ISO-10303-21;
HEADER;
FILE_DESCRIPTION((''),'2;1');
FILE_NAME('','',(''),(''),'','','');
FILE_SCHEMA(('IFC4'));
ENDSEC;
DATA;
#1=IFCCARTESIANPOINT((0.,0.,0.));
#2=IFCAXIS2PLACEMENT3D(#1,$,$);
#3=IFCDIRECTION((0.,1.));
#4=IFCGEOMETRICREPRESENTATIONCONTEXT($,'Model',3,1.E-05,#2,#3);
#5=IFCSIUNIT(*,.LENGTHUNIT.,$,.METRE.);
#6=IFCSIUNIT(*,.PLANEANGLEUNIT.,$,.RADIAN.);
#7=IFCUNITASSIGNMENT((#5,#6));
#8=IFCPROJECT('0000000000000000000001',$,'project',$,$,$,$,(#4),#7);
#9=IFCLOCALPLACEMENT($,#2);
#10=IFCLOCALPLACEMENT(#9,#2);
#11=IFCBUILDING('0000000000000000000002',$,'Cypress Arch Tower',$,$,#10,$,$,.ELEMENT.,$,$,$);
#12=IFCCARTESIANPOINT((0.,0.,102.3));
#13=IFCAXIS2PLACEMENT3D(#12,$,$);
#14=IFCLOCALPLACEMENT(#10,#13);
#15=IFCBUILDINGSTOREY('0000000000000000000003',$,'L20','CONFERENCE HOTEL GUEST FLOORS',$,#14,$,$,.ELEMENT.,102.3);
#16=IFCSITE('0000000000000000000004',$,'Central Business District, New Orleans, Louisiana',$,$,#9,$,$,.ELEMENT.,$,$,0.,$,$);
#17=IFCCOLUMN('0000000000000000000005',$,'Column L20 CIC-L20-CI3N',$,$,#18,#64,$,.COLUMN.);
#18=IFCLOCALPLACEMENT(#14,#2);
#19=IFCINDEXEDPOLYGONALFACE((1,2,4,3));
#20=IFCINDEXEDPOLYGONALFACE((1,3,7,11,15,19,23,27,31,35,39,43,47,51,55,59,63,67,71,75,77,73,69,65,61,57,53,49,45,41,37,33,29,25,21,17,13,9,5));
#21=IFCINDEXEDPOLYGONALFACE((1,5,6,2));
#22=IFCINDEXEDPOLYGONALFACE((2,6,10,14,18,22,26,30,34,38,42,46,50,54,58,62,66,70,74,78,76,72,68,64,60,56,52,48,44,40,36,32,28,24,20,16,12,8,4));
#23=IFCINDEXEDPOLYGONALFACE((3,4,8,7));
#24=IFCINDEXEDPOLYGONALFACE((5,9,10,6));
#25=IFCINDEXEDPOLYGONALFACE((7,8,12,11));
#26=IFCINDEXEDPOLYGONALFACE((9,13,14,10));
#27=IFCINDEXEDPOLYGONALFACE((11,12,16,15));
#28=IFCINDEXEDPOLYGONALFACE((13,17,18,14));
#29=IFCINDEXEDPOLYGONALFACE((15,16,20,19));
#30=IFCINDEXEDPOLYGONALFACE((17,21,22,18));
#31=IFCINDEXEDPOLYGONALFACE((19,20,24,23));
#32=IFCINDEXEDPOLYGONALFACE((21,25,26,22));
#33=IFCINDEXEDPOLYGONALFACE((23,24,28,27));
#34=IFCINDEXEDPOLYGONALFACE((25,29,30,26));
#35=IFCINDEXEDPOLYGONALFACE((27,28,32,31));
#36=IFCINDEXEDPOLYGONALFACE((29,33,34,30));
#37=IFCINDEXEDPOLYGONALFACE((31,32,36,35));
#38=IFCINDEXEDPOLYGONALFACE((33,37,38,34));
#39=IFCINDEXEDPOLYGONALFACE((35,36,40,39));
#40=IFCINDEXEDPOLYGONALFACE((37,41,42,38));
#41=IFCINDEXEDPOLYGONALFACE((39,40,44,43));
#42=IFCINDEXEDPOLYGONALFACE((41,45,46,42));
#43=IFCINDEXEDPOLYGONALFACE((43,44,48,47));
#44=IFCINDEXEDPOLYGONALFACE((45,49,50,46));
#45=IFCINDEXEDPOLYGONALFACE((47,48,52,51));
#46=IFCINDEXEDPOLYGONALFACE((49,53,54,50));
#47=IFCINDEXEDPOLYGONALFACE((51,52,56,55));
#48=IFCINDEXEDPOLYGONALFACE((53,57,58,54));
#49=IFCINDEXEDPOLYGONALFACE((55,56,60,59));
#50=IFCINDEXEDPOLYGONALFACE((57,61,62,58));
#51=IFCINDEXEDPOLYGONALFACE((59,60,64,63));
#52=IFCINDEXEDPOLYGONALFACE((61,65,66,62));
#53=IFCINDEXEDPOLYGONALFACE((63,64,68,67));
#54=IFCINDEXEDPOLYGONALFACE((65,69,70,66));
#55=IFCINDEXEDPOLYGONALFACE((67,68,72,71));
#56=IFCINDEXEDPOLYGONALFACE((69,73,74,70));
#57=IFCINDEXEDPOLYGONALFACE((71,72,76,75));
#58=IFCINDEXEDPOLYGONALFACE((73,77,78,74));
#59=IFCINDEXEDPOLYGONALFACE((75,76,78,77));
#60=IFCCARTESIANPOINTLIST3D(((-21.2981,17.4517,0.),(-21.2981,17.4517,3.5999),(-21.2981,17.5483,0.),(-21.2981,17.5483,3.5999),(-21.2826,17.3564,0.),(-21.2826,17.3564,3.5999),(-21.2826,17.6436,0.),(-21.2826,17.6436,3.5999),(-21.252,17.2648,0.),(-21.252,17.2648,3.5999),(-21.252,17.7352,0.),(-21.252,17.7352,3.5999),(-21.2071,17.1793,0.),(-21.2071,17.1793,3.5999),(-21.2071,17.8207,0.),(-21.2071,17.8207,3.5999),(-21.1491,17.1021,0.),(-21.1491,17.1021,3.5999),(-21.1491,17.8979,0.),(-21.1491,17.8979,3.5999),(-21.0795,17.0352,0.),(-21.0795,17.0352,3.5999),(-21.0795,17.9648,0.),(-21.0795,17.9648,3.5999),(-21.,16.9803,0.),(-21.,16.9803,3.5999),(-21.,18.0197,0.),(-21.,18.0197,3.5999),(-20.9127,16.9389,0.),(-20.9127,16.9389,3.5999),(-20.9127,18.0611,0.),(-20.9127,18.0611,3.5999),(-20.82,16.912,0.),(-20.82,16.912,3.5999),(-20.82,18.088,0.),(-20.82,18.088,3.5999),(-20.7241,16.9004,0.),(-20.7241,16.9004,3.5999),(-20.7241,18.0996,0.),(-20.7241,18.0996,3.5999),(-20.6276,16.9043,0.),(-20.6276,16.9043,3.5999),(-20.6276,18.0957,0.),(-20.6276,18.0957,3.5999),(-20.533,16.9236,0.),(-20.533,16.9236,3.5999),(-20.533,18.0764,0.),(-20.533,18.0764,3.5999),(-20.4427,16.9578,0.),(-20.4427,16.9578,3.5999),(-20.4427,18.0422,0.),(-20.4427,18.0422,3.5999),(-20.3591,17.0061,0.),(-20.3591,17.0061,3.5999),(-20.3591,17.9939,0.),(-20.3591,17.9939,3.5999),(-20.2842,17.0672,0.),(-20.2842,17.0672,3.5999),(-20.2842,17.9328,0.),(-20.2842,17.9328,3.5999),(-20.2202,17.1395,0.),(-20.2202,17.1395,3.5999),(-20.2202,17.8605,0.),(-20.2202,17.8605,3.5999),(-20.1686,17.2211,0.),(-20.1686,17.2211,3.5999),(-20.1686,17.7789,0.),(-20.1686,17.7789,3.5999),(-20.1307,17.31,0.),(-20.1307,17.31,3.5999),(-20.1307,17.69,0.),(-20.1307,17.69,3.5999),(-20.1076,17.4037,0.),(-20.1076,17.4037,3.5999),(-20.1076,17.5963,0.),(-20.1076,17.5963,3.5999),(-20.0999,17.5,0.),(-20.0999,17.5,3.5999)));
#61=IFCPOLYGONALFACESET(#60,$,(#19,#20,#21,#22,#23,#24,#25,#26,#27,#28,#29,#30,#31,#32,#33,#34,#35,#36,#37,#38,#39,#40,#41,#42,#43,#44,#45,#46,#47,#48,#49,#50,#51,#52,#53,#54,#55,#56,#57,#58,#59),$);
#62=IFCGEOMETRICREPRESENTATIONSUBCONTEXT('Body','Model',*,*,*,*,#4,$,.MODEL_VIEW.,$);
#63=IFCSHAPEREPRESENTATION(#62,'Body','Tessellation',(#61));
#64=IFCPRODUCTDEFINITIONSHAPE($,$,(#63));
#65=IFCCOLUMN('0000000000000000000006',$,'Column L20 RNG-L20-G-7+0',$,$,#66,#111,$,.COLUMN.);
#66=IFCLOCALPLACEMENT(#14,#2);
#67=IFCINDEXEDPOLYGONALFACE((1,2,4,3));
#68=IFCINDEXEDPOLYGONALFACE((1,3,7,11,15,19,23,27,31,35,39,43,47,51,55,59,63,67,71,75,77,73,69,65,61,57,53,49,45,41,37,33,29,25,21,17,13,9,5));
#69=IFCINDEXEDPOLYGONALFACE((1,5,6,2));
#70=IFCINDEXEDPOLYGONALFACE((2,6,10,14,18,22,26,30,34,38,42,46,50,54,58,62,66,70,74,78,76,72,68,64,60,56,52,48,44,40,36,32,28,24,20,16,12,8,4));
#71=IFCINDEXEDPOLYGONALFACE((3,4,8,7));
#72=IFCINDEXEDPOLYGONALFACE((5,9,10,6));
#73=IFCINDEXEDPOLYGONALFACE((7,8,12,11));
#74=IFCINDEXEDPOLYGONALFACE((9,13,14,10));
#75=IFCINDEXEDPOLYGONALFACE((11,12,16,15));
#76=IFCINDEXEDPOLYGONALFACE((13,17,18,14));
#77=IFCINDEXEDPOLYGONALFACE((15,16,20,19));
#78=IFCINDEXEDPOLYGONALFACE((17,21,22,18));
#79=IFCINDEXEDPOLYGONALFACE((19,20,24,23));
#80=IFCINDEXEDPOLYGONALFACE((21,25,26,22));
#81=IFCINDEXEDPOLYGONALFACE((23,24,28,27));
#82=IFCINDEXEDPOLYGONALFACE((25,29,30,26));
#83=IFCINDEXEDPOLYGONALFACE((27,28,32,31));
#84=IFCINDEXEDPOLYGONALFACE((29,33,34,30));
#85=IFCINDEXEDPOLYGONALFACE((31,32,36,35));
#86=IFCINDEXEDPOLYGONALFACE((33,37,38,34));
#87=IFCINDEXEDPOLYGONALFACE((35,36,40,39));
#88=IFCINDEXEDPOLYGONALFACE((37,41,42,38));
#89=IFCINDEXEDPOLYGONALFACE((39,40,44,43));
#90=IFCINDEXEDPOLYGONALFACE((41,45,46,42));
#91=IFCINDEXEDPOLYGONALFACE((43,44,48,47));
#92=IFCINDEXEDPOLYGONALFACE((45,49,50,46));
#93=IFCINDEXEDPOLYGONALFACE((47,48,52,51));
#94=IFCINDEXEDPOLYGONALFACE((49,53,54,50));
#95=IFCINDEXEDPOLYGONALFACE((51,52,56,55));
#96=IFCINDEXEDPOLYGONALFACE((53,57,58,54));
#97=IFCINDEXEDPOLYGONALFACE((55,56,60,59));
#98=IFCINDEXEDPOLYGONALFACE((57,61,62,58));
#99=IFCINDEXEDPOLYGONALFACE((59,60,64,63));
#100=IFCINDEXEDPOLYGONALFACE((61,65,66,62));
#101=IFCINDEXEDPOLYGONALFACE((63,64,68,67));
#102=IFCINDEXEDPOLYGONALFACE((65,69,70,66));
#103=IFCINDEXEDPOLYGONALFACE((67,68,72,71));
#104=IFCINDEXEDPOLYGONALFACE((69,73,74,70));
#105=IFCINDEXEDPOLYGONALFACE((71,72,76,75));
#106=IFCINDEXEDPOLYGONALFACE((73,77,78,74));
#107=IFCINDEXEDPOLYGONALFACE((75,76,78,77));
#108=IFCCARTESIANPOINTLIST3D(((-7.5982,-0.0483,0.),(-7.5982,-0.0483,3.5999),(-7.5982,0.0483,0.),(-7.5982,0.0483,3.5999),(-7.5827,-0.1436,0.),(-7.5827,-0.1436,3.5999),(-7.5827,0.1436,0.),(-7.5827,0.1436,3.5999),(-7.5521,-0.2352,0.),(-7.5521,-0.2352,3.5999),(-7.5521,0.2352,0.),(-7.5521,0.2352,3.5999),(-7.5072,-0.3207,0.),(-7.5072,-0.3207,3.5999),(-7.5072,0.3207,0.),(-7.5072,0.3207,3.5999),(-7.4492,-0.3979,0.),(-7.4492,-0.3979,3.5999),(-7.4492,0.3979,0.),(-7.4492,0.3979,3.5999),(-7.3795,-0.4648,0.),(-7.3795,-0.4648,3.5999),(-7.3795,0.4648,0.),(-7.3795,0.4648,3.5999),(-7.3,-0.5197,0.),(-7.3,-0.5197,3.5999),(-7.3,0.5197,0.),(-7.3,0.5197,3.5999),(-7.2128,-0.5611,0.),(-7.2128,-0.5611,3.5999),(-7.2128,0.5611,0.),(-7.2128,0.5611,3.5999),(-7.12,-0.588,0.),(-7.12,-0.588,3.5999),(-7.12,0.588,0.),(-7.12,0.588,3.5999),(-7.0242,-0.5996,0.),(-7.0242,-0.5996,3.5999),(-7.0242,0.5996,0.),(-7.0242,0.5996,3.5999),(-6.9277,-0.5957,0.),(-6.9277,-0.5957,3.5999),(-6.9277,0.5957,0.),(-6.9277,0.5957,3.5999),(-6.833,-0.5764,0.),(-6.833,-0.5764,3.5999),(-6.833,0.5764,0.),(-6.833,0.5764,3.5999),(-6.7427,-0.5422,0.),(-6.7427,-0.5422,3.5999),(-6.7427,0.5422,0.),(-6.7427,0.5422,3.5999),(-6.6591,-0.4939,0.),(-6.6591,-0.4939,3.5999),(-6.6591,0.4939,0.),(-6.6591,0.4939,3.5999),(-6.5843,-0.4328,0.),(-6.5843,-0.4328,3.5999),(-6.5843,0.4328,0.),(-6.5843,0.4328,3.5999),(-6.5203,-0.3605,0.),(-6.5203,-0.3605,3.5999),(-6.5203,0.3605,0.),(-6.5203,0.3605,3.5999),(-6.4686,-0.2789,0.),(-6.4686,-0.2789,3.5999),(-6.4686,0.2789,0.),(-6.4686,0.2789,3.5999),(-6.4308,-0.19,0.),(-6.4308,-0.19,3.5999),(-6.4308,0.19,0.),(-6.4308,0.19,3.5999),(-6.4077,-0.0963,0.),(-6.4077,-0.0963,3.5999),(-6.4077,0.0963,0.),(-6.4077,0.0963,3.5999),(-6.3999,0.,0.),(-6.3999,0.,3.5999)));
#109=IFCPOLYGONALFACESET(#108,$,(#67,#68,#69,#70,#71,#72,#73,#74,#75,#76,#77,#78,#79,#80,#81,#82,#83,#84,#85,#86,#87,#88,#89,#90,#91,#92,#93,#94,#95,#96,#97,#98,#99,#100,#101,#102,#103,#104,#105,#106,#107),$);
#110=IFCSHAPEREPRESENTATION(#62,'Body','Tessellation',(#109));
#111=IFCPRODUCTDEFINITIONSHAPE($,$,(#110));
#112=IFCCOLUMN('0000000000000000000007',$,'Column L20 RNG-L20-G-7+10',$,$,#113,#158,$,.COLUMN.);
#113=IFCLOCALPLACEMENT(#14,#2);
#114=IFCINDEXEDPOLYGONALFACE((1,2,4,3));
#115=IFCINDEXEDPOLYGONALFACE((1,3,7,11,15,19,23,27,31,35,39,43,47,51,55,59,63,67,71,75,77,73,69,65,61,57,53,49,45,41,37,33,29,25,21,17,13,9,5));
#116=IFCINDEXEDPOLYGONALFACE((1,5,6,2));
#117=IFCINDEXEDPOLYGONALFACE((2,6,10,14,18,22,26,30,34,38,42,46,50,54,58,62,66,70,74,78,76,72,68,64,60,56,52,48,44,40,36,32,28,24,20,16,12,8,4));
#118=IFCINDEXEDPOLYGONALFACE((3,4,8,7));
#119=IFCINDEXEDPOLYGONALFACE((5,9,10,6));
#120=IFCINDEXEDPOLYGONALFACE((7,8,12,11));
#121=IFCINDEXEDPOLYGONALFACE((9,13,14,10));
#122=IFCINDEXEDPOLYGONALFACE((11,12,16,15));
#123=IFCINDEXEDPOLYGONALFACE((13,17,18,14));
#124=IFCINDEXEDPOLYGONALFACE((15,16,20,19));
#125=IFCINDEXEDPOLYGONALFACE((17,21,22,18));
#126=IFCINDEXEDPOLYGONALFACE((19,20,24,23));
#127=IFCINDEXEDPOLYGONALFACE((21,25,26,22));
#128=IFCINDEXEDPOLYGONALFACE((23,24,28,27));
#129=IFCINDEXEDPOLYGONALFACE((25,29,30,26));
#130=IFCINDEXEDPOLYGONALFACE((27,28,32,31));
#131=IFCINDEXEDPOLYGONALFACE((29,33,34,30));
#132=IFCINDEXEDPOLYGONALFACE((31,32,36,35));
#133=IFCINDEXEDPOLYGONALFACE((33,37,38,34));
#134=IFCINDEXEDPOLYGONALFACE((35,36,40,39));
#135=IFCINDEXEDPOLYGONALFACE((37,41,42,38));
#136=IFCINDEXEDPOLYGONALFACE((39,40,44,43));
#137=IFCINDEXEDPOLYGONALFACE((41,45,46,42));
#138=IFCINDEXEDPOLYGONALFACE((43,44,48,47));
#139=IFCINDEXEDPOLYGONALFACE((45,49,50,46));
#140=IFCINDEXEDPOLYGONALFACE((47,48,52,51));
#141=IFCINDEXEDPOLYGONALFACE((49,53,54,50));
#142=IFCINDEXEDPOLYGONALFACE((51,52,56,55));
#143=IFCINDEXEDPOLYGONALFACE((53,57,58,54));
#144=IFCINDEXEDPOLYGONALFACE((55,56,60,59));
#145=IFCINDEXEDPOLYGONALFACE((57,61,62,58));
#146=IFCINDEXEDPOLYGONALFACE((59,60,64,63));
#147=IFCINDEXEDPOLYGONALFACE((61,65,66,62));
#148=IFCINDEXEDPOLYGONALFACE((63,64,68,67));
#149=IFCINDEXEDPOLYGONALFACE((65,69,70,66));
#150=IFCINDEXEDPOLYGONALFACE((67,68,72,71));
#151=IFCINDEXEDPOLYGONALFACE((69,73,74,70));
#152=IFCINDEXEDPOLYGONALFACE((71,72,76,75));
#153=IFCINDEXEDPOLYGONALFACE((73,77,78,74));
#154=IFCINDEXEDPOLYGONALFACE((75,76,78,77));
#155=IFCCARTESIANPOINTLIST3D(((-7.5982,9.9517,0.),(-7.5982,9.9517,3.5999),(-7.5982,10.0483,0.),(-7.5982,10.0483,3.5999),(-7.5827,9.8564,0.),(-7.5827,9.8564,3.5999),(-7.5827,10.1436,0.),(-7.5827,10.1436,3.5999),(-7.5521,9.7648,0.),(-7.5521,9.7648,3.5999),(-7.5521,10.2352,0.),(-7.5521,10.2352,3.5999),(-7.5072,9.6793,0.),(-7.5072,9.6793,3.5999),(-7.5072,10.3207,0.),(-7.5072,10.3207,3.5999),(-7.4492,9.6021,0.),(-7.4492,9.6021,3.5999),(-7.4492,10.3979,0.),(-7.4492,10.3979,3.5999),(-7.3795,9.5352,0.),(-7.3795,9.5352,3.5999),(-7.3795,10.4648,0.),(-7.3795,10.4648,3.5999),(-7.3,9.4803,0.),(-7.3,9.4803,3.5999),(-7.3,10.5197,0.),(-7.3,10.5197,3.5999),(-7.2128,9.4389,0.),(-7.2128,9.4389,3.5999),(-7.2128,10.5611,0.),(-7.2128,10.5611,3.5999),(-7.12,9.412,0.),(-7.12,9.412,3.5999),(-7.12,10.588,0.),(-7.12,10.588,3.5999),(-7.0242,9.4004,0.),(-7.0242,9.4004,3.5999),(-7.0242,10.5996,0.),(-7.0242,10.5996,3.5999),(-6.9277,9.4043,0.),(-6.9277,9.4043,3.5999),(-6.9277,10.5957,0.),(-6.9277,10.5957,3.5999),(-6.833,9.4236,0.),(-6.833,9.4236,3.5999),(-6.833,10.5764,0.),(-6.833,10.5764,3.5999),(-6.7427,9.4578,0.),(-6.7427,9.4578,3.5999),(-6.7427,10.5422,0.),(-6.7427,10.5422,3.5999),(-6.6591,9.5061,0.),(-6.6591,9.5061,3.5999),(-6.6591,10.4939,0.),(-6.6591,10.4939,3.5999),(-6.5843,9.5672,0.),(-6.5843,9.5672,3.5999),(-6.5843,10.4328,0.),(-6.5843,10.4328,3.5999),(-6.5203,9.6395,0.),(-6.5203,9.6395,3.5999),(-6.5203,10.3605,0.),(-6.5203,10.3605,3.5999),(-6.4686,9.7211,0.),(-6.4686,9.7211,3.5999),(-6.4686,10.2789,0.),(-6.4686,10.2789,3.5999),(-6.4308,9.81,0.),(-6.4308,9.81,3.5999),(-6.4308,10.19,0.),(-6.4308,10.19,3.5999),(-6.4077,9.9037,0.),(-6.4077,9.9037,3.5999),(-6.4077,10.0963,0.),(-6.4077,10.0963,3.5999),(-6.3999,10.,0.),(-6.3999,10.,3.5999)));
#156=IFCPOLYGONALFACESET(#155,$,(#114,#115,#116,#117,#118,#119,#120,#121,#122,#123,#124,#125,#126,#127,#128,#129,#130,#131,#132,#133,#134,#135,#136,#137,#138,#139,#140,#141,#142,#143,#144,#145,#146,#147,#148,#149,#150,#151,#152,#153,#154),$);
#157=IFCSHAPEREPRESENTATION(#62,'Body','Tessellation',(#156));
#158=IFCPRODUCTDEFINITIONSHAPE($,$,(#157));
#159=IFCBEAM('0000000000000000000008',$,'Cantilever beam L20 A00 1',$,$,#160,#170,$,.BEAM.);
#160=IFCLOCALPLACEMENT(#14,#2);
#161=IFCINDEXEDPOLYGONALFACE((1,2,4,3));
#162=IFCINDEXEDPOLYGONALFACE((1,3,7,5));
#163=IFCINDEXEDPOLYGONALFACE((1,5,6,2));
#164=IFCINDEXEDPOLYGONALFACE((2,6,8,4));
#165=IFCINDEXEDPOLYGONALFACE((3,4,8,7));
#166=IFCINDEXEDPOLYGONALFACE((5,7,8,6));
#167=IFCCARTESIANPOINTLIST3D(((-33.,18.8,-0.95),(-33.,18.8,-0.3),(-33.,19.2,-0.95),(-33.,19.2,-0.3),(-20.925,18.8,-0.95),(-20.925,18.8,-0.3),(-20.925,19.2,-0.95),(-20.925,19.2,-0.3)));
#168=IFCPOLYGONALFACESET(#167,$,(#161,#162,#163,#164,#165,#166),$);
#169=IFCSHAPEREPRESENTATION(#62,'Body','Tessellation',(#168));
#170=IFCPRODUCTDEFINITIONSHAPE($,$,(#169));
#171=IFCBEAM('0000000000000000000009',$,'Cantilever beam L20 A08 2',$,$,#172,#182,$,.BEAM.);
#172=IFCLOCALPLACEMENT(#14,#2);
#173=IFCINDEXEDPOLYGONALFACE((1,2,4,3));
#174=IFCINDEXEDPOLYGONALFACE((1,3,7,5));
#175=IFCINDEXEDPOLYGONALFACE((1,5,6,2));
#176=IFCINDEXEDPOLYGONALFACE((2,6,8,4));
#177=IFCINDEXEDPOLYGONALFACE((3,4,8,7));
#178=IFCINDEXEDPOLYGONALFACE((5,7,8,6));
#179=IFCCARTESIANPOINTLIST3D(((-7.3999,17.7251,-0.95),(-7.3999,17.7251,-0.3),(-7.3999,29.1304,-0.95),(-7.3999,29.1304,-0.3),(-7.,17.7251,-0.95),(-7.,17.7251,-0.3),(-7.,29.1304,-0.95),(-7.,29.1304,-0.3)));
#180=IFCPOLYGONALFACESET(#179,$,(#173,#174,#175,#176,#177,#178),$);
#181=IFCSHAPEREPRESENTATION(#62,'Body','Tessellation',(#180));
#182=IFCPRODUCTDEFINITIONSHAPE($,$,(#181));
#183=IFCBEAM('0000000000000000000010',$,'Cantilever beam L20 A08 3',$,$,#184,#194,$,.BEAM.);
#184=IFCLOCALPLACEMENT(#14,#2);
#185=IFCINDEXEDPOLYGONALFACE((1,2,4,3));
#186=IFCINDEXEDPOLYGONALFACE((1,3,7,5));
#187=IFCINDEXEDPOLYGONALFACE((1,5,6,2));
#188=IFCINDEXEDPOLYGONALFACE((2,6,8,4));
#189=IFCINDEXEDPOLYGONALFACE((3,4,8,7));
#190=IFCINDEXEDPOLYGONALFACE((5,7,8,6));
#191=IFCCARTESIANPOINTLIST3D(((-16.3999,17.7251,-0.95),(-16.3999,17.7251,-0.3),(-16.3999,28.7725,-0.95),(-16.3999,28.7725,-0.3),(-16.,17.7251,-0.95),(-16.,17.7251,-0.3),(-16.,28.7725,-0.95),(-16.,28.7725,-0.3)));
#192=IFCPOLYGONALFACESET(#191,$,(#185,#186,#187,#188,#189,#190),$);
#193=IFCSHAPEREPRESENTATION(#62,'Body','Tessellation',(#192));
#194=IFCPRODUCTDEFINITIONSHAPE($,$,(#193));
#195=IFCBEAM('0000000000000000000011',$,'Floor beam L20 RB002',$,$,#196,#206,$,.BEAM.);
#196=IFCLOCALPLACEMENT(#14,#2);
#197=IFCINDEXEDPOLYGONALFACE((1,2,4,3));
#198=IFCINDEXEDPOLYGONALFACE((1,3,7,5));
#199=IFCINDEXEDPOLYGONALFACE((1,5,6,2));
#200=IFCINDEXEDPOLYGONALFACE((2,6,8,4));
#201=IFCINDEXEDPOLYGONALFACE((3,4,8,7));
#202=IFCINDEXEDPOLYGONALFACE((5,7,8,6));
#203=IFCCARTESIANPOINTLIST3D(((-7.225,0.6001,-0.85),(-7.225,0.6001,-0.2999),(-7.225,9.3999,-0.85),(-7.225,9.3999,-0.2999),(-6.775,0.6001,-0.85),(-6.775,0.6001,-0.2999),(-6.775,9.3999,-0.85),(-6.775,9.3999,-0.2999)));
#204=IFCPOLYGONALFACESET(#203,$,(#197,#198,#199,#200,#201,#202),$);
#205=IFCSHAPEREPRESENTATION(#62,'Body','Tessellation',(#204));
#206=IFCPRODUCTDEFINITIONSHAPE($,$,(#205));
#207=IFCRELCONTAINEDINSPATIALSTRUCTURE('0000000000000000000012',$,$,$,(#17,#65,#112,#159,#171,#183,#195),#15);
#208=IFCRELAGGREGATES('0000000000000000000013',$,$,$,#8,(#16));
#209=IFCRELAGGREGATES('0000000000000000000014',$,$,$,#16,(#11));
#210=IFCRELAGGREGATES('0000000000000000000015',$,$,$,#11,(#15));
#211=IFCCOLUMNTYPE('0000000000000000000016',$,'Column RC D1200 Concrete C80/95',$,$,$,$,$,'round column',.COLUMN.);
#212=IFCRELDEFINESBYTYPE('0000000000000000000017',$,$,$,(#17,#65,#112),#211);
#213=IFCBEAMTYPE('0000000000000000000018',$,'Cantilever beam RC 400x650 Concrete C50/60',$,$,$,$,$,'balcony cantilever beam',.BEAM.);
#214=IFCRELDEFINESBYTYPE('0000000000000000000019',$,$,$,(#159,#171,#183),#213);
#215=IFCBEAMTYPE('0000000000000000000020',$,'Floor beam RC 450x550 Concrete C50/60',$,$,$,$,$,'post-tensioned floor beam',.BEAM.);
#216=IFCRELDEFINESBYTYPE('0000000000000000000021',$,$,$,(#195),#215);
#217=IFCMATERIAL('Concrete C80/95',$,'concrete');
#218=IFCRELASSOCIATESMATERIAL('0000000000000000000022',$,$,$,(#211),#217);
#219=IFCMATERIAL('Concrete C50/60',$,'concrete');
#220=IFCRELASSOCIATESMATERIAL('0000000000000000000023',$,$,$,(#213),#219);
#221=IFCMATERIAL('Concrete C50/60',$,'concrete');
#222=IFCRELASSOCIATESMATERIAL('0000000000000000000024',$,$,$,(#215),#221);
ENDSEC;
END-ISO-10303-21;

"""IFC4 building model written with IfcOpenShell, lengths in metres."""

from ifc_helpers import new_model, si_unit, direction, frame, origin, origin_2d, place, context, subcontext, project, spatial, rectangle, circle, extrude, material, material_profile, profile_set, type_object, element, save


model = new_model("IFC4")

# Units and contexts
model_context = context("Model", 3, precision=1e-05, world=origin(), true_north=direction((0.0, 1.0)))
body_context = subcontext(model_context, "Body", "Model", "MODEL_VIEW")
ifc_project = project(units=[si_unit("LENGTHUNIT", "METRE"), si_unit("PLANEANGLEUNIT", "RADIAN")], contexts=[model_context])

# Site, building, storey
site_placement = place(None, origin())
site = spatial("IfcSite", under=ifc_project, at=site_placement, Name="Central Business District, New Orleans, Louisiana", CompositionType="ELEMENT", RefElevation=0.0)
building_placement = place(site_placement, origin())
building = spatial("IfcBuilding", under=site, at=building_placement, Name="Cypress Arch Tower", CompositionType="ELEMENT")
storey_placement = place(building_placement, frame((0.0, 0.0, 102.3)))
storey = spatial("IfcBuildingStorey", under=building, at=storey_placement, Name="L20", Description="CONFERENCE HOTEL GUEST FLOORS", CompositionType="ELEMENT", Elevation=102.3)

# Columns
ifc_material_1 = material(Name="Concrete C80/95", Category="concrete")
ifc_material_profile_1 = material_profile(ifc_material_1, circle(Radius=0.6001, at=origin_2d()), Name="RC D1200")
ifc_profile_set_1 = profile_set([ifc_material_profile_1], Name="Concrete C80/95")
column_type = type_object("IfcColumnType", Name="Column RC D1200 Concrete C80/95", ElementType="round column", PredefinedType="COLUMN", material=ifc_profile_set_1)
for number, where, z_axis, x_axis, name in (
    (1, (-20.7, 17.5, 0.0), (0.0, 0.0, 1.0), (1.0, 0.0, 0.0), "Column L20 CIC-L20-CI3N"),
    (2, (-7.0, 0.0, 0.0), (0.0, 0.0, 1.0), (1.0, 0.0, 0.0), "Column L20 RNG-L20-G-7+0"),
    (3, (-7.0, 10.0, 0.0), (0.0, 0.0, 1.0), (1.0, 0.0, 0.0), "Column L20 RNG-L20-G-7+10"),
):
    element("IfcColumn", number, at=place(storey_placement, frame(where, z_axis=z_axis, x_axis=x_axis)), inside=storey, type_object=column_type, Name=name, PredefinedType="COLUMN", context=body_context, shape_type="SweptSolid", body=[
        extrude(circle(Radius=0.6001, at=origin_2d()), origin(), (0.0, 0.0, 1.0), 3.5999),
    ])

# Beams
ifc_material_2 = material(Name="Concrete C50/60", Category="concrete")
ifc_material_profile_2 = material_profile(ifc_material_2, rectangle(XDim=0.3999, YDim=0.6499, at=origin_2d()), Name="RC 400x650")
ifc_profile_set_2 = profile_set([ifc_material_profile_2], Name="Concrete C50/60")
beam_type_1 = type_object("IfcBeamType", Name="Cantilever beam RC 400x650 Concrete C50/60", ElementType="balcony cantilever beam", PredefinedType="BEAM", material=ifc_profile_set_2)
beam_1_placement = place(storey_placement, frame((-20.925, 19.0, -0.625), z_axis=(-1.0, 0.0, 0.0), x_axis=(0.0, -1.0, 0.0)))
element("IfcBeam", 4, at=beam_1_placement, inside=storey, type_object=beam_type_1, Name="Cantilever beam L20 A00 1", PredefinedType="BEAM", context=body_context, shape_type="SweptSolid", body=[
    extrude(rectangle(XDim=0.3999, YDim=0.6499, at=origin_2d()), origin(), (0.0, 0.0, 1.0), 12.075),
])
beam_2_placement = place(storey_placement, frame((-7.2, 17.7251, -0.625), z_axis=(0.0, 1.0, 0.0), x_axis=(-1.0, 0.0, 0.0)))
element("IfcBeam", 5, at=beam_2_placement, inside=storey, type_object=beam_type_1, Name="Cantilever beam L20 A08 2", PredefinedType="BEAM", context=body_context, shape_type="SweptSolid", body=[
    extrude(rectangle(XDim=0.3999, YDim=0.6499, at=origin_2d()), origin(), (0.0, 0.0, 1.0), 11.4053),
])
beam_3_placement = place(storey_placement, frame((-16.2, 17.7251, -0.625), z_axis=(0.0, 1.0, 0.0), x_axis=(-1.0, 0.0, 0.0)))
element("IfcBeam", 6, at=beam_3_placement, inside=storey, type_object=beam_type_1, Name="Cantilever beam L20 A08 3", PredefinedType="BEAM", context=body_context, shape_type="SweptSolid", body=[
    extrude(rectangle(XDim=0.3999, YDim=0.6499, at=origin_2d()), origin(), (0.0, 0.0, 1.0), 11.0474),
])
ifc_material_3 = material(Name="Concrete C50/60", Category="concrete")
ifc_material_profile_3 = material_profile(ifc_material_3, rectangle(XDim=0.45, YDim=0.55, at=origin_2d()), Name="RC 450x550")
ifc_profile_set_3 = profile_set([ifc_material_profile_3], Name="Concrete C50/60")
beam_type_2 = type_object("IfcBeamType", Name="Floor beam RC 450x550 Concrete C50/60", ElementType="post-tensioned floor beam", PredefinedType="BEAM", material=ifc_profile_set_3)
beam_4_placement = place(storey_placement, frame((-7.0, 0.6001, -0.575), z_axis=(0.0, 1.0, 0.0), x_axis=(-1.0, 0.0, 0.0)))
element("IfcBeam", 7, at=beam_4_placement, inside=storey, type_object=beam_type_2, Name="Floor beam L20 RB002", PredefinedType="BEAM", context=body_context, shape_type="SweptSolid", body=[
    extrude(rectangle(XDim=0.45, YDim=0.55, at=origin_2d()), origin(), (0.0, 0.0, 1.0), 8.7998),
])

save(model, "model.ifc")
